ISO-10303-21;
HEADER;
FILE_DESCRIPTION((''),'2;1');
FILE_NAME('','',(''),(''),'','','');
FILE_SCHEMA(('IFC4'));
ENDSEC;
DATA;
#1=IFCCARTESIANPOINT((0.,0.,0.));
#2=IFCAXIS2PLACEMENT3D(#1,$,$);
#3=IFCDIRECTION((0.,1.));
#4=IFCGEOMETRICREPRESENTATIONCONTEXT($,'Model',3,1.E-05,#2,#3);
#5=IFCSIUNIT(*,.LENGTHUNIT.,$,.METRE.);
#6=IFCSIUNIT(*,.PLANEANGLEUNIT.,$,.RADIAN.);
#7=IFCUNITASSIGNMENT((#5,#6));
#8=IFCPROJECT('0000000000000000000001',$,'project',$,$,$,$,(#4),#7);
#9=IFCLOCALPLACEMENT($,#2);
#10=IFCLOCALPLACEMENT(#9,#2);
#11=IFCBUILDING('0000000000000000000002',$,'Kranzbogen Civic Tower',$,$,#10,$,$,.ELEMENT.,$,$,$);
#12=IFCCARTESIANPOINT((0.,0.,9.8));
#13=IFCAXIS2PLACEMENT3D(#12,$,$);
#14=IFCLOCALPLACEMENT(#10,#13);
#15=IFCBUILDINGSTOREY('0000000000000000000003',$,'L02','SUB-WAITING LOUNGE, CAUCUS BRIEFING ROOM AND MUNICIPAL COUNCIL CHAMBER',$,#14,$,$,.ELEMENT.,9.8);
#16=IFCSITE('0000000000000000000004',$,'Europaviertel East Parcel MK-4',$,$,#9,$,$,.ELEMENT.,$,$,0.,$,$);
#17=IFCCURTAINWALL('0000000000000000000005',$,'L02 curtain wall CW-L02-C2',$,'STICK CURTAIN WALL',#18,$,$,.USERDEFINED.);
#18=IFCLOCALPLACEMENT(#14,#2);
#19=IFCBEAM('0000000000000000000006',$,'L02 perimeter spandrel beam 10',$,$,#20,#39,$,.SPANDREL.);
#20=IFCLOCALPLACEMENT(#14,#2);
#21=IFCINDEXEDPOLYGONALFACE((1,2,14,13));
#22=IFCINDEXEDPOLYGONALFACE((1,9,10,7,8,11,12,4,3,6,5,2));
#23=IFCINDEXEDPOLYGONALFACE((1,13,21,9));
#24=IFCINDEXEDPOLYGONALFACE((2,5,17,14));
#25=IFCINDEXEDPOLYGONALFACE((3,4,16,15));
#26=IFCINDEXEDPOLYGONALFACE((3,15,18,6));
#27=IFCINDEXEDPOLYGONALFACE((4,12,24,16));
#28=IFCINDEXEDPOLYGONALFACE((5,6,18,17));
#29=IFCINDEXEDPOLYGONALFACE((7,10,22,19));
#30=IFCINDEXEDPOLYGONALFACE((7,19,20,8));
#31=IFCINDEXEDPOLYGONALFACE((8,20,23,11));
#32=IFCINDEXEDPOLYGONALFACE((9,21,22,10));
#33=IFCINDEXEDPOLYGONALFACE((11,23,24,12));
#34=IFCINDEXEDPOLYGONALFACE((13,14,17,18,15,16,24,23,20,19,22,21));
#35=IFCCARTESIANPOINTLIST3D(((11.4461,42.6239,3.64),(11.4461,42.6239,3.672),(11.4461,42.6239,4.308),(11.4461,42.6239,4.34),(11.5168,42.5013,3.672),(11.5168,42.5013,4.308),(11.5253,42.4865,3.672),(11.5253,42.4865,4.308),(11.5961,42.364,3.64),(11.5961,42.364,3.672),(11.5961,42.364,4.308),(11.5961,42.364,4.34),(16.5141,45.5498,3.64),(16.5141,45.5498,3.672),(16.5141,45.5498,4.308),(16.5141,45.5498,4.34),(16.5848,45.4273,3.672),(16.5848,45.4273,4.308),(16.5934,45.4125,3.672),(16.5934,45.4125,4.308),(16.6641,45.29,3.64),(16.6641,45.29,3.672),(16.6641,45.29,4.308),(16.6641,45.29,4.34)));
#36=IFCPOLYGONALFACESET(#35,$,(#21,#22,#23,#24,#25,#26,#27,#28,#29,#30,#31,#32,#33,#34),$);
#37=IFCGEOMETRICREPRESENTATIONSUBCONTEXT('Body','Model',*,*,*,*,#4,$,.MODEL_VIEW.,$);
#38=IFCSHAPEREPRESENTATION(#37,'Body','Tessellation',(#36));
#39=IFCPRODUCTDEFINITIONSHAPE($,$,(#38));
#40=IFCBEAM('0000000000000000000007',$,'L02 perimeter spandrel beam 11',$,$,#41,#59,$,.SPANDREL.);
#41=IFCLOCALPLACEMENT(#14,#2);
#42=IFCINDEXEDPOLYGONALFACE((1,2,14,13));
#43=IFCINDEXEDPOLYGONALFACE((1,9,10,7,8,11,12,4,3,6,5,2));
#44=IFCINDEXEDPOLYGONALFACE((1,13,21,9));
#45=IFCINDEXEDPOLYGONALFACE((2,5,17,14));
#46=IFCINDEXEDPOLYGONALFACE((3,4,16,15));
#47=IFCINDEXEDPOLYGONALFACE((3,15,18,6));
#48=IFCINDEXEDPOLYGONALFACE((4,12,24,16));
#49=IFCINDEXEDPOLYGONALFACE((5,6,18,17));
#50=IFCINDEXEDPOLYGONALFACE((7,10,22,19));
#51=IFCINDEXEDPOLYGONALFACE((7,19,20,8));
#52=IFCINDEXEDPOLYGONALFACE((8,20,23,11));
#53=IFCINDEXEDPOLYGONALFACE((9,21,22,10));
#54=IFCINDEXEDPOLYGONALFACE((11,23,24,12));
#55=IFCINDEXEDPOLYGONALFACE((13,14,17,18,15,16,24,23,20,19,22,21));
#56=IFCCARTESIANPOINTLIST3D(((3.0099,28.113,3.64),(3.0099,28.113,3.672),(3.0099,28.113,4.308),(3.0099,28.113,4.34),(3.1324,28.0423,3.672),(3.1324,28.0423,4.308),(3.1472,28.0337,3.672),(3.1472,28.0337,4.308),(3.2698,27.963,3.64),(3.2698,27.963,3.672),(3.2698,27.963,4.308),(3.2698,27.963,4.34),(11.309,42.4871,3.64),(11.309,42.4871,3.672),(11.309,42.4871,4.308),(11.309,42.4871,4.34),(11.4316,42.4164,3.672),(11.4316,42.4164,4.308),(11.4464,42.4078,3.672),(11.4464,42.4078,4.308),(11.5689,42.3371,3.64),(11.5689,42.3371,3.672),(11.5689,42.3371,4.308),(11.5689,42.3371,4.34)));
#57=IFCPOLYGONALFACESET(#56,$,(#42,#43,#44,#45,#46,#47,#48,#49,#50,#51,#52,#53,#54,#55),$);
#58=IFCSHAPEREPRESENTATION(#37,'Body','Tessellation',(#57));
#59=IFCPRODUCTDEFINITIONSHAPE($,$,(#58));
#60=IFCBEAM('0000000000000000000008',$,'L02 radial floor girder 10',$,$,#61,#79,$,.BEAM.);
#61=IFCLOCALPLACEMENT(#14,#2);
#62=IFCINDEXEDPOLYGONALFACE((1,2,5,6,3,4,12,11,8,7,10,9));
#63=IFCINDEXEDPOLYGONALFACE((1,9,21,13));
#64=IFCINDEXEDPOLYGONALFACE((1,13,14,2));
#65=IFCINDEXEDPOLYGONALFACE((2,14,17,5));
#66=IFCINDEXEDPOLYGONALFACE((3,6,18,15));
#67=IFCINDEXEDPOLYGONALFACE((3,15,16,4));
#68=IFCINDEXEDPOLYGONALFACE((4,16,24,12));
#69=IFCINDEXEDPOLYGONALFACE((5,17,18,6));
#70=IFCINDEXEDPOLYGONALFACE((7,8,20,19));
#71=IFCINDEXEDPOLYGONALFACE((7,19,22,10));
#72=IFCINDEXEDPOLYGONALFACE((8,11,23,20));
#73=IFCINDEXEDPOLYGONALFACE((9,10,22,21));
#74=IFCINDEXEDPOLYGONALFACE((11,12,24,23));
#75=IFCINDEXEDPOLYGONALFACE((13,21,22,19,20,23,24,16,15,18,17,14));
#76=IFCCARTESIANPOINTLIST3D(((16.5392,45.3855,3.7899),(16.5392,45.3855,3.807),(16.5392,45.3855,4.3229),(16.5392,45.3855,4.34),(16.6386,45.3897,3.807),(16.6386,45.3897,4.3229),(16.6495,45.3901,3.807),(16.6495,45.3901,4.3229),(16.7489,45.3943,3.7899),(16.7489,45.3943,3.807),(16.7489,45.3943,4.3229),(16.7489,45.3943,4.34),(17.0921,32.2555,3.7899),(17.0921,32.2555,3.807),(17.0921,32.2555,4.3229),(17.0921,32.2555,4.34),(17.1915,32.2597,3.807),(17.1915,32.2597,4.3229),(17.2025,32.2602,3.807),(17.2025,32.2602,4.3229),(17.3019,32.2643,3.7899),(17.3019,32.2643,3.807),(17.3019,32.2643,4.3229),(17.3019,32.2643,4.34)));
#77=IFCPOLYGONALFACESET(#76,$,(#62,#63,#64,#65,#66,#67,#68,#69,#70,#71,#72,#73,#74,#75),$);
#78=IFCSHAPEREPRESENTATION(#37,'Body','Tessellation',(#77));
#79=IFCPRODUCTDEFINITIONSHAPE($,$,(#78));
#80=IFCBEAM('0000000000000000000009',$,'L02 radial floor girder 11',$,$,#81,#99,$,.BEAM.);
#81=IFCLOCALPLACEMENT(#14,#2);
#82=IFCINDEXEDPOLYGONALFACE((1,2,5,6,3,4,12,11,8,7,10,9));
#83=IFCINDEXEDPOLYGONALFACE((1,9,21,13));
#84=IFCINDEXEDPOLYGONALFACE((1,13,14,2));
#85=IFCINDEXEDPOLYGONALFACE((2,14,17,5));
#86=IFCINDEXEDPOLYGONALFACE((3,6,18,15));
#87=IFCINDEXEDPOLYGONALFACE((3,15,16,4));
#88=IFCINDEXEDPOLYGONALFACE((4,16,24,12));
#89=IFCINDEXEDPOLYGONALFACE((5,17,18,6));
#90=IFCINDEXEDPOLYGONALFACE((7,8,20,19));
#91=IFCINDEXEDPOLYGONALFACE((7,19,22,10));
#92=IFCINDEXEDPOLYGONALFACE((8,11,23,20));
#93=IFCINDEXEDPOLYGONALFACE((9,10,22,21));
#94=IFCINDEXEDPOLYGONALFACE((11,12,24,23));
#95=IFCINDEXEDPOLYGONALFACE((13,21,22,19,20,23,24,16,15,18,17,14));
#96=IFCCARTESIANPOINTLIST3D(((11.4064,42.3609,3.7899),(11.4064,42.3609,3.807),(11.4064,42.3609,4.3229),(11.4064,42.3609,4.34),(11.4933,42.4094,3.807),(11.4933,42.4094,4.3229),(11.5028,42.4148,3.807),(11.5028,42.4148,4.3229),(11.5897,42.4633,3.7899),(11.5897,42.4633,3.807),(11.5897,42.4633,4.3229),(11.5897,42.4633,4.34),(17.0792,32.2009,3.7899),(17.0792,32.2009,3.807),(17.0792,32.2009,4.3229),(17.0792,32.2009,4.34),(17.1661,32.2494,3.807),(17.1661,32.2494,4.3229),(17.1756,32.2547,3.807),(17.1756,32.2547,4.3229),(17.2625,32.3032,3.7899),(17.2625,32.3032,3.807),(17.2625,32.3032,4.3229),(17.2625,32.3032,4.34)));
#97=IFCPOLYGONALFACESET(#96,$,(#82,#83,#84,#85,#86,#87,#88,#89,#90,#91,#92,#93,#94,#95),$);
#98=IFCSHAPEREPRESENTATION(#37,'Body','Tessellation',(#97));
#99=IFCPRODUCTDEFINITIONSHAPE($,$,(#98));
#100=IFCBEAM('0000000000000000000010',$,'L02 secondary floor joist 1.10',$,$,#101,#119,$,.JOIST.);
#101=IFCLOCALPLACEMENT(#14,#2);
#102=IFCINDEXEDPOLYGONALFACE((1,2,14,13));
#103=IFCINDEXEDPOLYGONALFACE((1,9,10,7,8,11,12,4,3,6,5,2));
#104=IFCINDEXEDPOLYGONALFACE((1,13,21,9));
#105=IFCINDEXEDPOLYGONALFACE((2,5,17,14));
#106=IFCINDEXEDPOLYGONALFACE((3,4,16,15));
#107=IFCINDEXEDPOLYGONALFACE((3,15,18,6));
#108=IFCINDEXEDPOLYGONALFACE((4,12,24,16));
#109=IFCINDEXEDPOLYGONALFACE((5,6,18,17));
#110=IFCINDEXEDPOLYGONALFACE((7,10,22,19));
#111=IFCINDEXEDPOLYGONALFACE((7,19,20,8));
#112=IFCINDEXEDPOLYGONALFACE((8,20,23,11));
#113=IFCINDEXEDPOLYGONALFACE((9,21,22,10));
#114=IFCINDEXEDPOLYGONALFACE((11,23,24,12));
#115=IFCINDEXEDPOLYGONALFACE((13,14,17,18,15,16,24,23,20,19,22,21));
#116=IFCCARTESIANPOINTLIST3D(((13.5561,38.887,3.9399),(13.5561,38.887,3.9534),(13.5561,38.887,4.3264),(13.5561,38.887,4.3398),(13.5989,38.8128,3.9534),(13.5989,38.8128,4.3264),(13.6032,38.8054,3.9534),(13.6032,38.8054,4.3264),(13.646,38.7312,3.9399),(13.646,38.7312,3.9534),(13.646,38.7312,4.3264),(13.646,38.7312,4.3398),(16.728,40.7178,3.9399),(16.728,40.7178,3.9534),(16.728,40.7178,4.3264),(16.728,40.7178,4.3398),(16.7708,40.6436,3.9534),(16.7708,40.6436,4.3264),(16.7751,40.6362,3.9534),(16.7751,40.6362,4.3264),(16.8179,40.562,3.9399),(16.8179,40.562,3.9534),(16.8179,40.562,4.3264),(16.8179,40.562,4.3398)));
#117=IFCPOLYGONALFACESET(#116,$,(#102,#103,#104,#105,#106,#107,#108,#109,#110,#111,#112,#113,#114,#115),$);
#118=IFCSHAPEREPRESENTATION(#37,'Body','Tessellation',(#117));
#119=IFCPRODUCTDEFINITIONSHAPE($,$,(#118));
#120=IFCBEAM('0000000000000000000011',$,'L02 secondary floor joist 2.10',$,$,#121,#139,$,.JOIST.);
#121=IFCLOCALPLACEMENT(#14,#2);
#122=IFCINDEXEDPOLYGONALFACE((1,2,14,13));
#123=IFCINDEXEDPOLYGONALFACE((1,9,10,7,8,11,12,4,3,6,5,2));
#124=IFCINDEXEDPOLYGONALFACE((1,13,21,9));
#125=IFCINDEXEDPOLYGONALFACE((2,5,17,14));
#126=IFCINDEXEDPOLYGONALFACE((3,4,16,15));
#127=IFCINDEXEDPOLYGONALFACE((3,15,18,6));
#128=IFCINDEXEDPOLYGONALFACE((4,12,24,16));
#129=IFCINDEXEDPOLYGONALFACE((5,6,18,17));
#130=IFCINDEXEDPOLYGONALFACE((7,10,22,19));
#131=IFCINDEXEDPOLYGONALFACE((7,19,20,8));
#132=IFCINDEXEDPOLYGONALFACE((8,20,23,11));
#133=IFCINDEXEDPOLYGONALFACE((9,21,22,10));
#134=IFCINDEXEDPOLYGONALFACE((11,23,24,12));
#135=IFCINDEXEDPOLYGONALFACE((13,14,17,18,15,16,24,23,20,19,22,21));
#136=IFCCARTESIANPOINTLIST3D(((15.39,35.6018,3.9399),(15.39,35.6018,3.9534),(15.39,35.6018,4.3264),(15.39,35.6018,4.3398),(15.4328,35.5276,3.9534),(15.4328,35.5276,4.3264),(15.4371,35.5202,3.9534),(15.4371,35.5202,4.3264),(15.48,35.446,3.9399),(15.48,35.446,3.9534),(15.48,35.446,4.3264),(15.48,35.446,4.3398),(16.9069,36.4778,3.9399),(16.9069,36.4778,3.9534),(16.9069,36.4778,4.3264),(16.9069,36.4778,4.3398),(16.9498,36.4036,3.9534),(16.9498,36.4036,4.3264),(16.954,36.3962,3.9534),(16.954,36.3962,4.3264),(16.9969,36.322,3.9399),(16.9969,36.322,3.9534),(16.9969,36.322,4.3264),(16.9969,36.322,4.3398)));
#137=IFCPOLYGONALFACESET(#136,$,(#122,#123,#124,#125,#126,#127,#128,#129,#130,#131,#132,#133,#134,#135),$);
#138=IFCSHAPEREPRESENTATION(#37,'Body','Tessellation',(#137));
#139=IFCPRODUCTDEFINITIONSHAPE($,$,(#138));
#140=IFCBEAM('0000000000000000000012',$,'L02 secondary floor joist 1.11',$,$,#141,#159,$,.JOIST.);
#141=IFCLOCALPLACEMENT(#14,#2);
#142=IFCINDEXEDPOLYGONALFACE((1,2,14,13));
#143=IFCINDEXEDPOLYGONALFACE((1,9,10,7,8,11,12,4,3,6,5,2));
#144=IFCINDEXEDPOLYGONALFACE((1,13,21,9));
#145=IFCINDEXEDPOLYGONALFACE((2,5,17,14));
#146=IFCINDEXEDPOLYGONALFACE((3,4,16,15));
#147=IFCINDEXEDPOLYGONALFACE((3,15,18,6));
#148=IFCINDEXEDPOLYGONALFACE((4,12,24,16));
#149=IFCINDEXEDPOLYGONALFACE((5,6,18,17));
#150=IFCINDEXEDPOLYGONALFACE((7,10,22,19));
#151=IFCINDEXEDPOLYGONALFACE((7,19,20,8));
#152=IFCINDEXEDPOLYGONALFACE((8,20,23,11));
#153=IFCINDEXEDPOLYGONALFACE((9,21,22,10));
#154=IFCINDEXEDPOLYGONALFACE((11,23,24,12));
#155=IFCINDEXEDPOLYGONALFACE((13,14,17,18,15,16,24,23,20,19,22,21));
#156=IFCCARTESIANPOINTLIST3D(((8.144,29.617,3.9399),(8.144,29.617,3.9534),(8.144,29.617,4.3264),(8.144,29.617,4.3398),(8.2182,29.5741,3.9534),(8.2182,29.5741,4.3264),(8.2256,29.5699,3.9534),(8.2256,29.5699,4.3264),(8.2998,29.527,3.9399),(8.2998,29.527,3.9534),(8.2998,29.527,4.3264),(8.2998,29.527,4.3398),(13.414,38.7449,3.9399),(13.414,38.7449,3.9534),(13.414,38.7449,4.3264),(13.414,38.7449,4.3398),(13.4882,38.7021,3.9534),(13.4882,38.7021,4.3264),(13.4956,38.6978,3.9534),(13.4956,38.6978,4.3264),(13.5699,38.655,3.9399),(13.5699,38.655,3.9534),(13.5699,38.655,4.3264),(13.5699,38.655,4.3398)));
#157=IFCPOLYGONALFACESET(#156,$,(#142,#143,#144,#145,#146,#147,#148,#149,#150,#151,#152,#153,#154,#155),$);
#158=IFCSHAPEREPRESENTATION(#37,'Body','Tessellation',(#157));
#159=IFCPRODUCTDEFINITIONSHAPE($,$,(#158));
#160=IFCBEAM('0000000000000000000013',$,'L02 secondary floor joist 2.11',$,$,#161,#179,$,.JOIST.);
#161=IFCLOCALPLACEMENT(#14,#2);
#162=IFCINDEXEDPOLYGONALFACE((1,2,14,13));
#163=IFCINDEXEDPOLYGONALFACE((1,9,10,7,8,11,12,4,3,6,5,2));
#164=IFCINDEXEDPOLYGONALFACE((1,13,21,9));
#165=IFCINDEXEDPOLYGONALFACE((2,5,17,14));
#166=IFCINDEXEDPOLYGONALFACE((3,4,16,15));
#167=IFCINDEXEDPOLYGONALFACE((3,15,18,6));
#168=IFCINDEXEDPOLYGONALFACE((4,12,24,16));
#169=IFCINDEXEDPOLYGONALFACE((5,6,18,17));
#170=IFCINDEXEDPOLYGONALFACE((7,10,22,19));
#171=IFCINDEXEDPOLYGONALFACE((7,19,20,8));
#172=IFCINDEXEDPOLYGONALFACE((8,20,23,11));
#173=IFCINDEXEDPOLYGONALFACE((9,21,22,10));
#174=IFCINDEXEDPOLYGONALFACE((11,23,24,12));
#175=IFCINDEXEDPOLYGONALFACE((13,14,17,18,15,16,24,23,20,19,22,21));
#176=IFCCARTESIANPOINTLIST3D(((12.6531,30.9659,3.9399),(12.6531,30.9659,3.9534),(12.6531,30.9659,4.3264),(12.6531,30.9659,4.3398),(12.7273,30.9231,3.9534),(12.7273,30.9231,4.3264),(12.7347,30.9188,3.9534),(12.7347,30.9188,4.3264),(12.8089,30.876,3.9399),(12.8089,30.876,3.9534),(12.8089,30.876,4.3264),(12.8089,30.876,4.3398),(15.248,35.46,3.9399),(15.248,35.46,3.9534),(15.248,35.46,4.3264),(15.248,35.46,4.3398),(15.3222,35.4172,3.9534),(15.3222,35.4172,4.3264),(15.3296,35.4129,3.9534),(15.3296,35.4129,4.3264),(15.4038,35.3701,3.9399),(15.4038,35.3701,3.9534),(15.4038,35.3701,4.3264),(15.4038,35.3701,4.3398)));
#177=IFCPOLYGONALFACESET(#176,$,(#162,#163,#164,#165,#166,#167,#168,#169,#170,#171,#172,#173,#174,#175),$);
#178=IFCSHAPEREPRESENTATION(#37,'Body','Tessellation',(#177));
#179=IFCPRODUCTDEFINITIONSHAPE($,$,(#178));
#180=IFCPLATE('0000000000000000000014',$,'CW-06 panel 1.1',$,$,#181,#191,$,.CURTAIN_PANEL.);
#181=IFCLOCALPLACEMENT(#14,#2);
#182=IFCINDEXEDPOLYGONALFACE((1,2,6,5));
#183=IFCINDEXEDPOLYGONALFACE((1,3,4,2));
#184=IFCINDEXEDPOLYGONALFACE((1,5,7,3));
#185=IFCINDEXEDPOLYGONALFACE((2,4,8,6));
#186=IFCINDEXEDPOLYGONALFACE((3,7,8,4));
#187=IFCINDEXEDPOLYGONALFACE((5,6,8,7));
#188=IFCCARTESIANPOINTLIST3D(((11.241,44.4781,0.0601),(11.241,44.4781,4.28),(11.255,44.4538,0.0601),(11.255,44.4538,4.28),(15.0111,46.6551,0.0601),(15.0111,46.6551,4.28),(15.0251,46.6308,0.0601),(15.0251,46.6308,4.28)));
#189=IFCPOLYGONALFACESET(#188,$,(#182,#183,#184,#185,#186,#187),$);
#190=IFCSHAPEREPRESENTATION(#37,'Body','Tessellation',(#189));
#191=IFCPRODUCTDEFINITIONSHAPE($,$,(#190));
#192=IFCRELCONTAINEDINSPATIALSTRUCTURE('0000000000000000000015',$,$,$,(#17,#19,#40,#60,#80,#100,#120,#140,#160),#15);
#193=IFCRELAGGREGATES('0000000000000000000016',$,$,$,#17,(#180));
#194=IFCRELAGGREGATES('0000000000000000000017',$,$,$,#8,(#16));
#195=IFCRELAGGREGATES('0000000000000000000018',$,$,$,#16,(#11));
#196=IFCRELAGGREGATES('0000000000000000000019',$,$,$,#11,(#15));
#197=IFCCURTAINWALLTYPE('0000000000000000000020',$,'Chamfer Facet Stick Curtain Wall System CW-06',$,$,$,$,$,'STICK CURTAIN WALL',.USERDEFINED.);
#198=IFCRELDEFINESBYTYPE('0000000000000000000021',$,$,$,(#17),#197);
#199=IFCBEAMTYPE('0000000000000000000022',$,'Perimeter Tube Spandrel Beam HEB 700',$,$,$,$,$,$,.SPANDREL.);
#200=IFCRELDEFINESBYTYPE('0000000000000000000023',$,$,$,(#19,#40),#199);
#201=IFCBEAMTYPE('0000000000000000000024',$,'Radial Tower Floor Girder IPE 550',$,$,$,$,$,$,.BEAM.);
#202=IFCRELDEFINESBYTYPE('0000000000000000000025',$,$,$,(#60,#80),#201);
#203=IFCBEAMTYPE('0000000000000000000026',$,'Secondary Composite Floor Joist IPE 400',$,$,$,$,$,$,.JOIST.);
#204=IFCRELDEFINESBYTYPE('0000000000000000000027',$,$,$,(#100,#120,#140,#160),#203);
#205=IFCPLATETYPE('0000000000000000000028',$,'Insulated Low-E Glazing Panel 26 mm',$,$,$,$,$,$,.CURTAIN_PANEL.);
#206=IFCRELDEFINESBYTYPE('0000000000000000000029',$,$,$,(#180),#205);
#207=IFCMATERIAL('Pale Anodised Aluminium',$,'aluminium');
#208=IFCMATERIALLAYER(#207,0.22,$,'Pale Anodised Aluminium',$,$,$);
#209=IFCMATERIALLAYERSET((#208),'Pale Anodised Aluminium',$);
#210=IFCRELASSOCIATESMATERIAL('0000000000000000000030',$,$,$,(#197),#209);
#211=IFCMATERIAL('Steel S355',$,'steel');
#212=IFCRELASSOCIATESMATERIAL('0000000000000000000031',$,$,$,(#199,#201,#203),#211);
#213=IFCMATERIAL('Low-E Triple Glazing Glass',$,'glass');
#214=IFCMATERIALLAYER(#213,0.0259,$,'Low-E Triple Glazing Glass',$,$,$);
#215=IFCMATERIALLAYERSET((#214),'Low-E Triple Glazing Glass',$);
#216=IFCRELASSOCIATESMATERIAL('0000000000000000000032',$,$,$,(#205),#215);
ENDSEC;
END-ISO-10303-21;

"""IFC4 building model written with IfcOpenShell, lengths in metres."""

from ifc_helpers import new_model, si_unit, direction, frame, origin, origin_2d, place, context, subcontext, project, spatial, rectangle, i_section, extrude, material, layer, layer_set, material_profile, profile_set, type_object, element, aggregate, save


model = new_model("IFC4")

# Units and contexts
model_context = context("Model", 3, precision=1e-05, world=origin(), true_north=direction((0.0, 1.0)))
body_context = subcontext(model_context, "Body", "Model", "MODEL_VIEW")
ifc_project = project(units=[si_unit("LENGTHUNIT", "METRE"), si_unit("PLANEANGLEUNIT", "RADIAN")], contexts=[model_context])

# Site, building, storey
site_placement = place(None, origin())
site = spatial("IfcSite", under=ifc_project, at=site_placement, Name="Europaviertel East Parcel MK-4", CompositionType="ELEMENT", RefElevation=0.0)
building_placement = place(site_placement, origin())
building = spatial("IfcBuilding", under=site, at=building_placement, Name="Kranzbogen Civic Tower", CompositionType="ELEMENT")
storey_placement = place(building_placement, frame((0.0, 0.0, 9.8)))
storey = spatial("IfcBuildingStorey", under=building, at=storey_placement, Name="L02", Description="SUB-WAITING LOUNGE, CAUCUS BRIEFING ROOM AND MUNICIPAL COUNCIL CHAMBER", CompositionType="ELEMENT", Elevation=9.8)

# Curtain wall
ifc_material_1 = material(Name="Pale Anodised Aluminium", Category="aluminium")
ifc_layer_1 = layer(ifc_material_1, 0.22, Name="Pale Anodised Aluminium")
ifc_layer_set_1 = layer_set([ifc_layer_1], Name="Pale Anodised Aluminium")
curtain_wall_type_1 = type_object("IfcCurtainWallType", Name="Chamfer Facet Stick Curtain Wall System CW-06", ElementType="STICK CURTAIN WALL", PredefinedType="USERDEFINED", material=ifc_layer_set_1)
curtain_wall_1_placement = place(storey_placement, origin())
curtain_wall_1 = element("IfcCurtainWall", 1, at=curtain_wall_1_placement, inside=storey, type_object=curtain_wall_type_1, Name="L02 curtain wall CW-L02-C2", ObjectType="STICK CURTAIN WALL", PredefinedType="USERDEFINED")

# Beams
ifc_material_2 = material(Name="Steel S355", Category="steel")
ifc_material_profile_1 = material_profile(ifc_material_2, i_section(OverallWidth=0.3, OverallDepth=0.7, WebThickness=0.0171, FlangeThickness=0.032, at=origin_2d()), Name="HEB 700")
ifc_profile_set_1 = profile_set([ifc_material_profile_1], Name="Steel S355")
beam_type_1 = type_object("IfcBeamType", Name="Perimeter Tube Spandrel Beam HEB 700", PredefinedType="SPANDREL", material=ifc_profile_set_1)
beam_1_placement = place(storey_placement, frame((16.5891, 45.4199, 3.99), z_axis=(-0.866029, -0.499993, 0.0), x_axis=(0.499993, -0.866029, 0.0)))
element("IfcBeam", 2, at=beam_1_placement, inside=storey, type_object=beam_type_1, Name="L02 perimeter spandrel beam 10", PredefinedType="SPANDREL", context=body_context, shape_type="SweptSolid", body=[
    extrude(i_section(OverallWidth=0.3, OverallDepth=0.7, WebThickness=0.0171, FlangeThickness=0.032, at=origin_2d()), origin(), (0.0, 0.0, 1.0), 5.8521),
])
beam_2_placement = place(storey_placement, frame((11.439, 42.4121, 3.99), z_axis=(-0.50001, -0.86602, 0.0), x_axis=(0.86602, -0.50001, 0.0)))
element("IfcBeam", 3, at=beam_2_placement, inside=storey, type_object=beam_type_1, Name="L02 perimeter spandrel beam 11", PredefinedType="SPANDREL", context=body_context, shape_type="SweptSolid", body=[
    extrude(i_section(OverallWidth=0.3, OverallDepth=0.7, WebThickness=0.0171, FlangeThickness=0.032, at=origin_2d()), origin(), (0.0, 0.0, 1.0), 16.5979),
])
ifc_material_profile_2 = material_profile(ifc_material_2, i_section(OverallWidth=0.21, OverallDepth=0.55, WebThickness=0.011, FlangeThickness=0.0171, at=origin_2d()), Name="IPE 550")
ifc_profile_set_2 = profile_set([ifc_material_profile_2], Name="Steel S355")
beam_type_2 = type_object("IfcBeamType", Name="Radial Tower Floor Girder IPE 550", PredefinedType="BEAM", material=ifc_profile_set_2)
beam_3_placement = place(storey_placement, frame((16.644, 45.3899, 4.0649), z_axis=(0.042079, -0.999114, 0.0), x_axis=(0.999114, 0.042079, 0.0)))
element("IfcBeam", 4, at=beam_3_placement, inside=storey, type_object=beam_type_2, Name="L02 radial floor girder 10", PredefinedType="BEAM", context=body_context, shape_type="SweptSolid", body=[
    extrude(i_section(OverallWidth=0.21, OverallDepth=0.55, WebThickness=0.011, FlangeThickness=0.0171, at=origin_2d()), origin(), (0.0, 0.0, 1.0), 13.1416),
])
beam_4_placement = place(storey_placement, frame((11.498, 42.4121, 4.0649), z_axis=(0.487502, -0.873122, 0.0), x_axis=(0.873122, 0.487502, 0.0)))
element("IfcBeam", 5, at=beam_4_placement, inside=storey, type_object=beam_type_2, Name="L02 radial floor girder 11", PredefinedType="BEAM", context=body_context, shape_type="SweptSolid", body=[
    extrude(i_section(OverallWidth=0.21, OverallDepth=0.55, WebThickness=0.011, FlangeThickness=0.0171, at=origin_2d()), origin(), (0.0, 0.0, 1.0), 11.6365),
])
ifc_material_profile_3 = material_profile(ifc_material_2, i_section(OverallWidth=0.1799, OverallDepth=0.3999, WebThickness=0.0085, FlangeThickness=0.0134, at=origin_2d()), Name="IPE 400")
ifc_profile_set_3 = profile_set([ifc_material_profile_3], Name="Steel S355")
beam_type_3 = type_object("IfcBeamType", Name="Secondary Composite Floor Joist IPE 400", PredefinedType="JOIST", material=ifc_profile_set_3)
beam_5_placement = place(storey_placement, frame((16.7729, 40.6399, 4.1399), z_axis=(-0.866081, -0.499903, 0.0), x_axis=(0.499903, -0.866081, 0.0)))
element("IfcBeam", 6, at=beam_5_placement, inside=storey, type_object=beam_type_3, Name="L02 secondary floor joist 1.10", PredefinedType="JOIST", context=body_context, shape_type="SweptSolid", body=[
    extrude(i_section(OverallWidth=0.1799, OverallDepth=0.3999, WebThickness=0.0085, FlangeThickness=0.0134, at=origin_2d()), origin(), (0.0, 0.0, 1.0), 3.6624),
])
beam_6_placement = place(storey_placement, frame((16.9519, 36.3999, 4.1399), z_axis=(-0.86597, -0.500096, 0.0), x_axis=(0.500096, -0.86597, 0.0)))
element("IfcBeam", 7, at=beam_6_placement, inside=storey, type_object=beam_type_3, Name="L02 secondary floor joist 2.10", PredefinedType="JOIST", context=body_context, shape_type="SweptSolid", body=[
    extrude(i_section(OverallWidth=0.1799, OverallDepth=0.3999, WebThickness=0.0085, FlangeThickness=0.0134, at=origin_2d()), origin(), (0.0, 0.0, 1.0), 1.7517),
])
beam_7_placement = place(storey_placement, frame((13.4919, 38.7, 4.1399), z_axis=(-0.5, -0.866025, 0.0), x_axis=(0.866025, -0.5, 0.0)))
element("IfcBeam", 8, at=beam_7_placement, inside=storey, type_object=beam_type_3, Name="L02 secondary floor joist 1.11", PredefinedType="JOIST", context=body_context, shape_type="SweptSolid", body=[
    extrude(i_section(OverallWidth=0.1799, OverallDepth=0.3999, WebThickness=0.0085, FlangeThickness=0.0134, at=origin_2d()), origin(), (0.0, 0.0, 1.0), 10.54),
])
beam_8_placement = place(storey_placement, frame((15.3259, 35.415, 4.1399), z_axis=(-0.50004, -0.866002, 0.0), x_axis=(0.866002, -0.50004, 0.0)))
element("IfcBeam", 9, at=beam_8_placement, inside=storey, type_object=beam_type_3, Name="L02 secondary floor joist 2.11", PredefinedType="JOIST", context=body_context, shape_type="SweptSolid", body=[
    extrude(i_section(OverallWidth=0.1799, OverallDepth=0.3999, WebThickness=0.0085, FlangeThickness=0.0134, at=origin_2d()), origin(), (0.0, 0.0, 1.0), 5.1895),
])

# Plate
ifc_material_3 = material(Name="Low-E Triple Glazing Glass", Category="glass")
ifc_layer_2 = layer(ifc_material_3, 0.0259, Name="Low-E Triple Glazing Glass")
ifc_layer_set_2 = layer_set([ifc_layer_2], Name="Low-E Triple Glazing Glass")
plate_type_1 = type_object("IfcPlateType", Name="Insulated Low-E Glazing Panel 26 mm", PredefinedType="CURTAIN_PANEL", material=ifc_layer_set_2)
plate_1_placement = place(storey_placement, frame((13.1331, 45.5544, 0.0601), z_axis=(0.0, 0.0, 1.0), x_axis=(-0.865992, -0.500058, 0.0)))
plate_1 = element("IfcPlate", 10, at=plate_1_placement, type_object=plate_type_1, Name="CW-06 panel 1.1", PredefinedType="CURTAIN_PANEL", context=body_context, shape_type="SweptSolid", body=[
    extrude(rectangle(XDim=4.3535, YDim=0.0281, at=origin_2d()), origin(), (0.0, 0.0, 1.0), 4.22),
])
aggregate(curtain_wall_1, [plate_1])

save(model, "model.ifc")
